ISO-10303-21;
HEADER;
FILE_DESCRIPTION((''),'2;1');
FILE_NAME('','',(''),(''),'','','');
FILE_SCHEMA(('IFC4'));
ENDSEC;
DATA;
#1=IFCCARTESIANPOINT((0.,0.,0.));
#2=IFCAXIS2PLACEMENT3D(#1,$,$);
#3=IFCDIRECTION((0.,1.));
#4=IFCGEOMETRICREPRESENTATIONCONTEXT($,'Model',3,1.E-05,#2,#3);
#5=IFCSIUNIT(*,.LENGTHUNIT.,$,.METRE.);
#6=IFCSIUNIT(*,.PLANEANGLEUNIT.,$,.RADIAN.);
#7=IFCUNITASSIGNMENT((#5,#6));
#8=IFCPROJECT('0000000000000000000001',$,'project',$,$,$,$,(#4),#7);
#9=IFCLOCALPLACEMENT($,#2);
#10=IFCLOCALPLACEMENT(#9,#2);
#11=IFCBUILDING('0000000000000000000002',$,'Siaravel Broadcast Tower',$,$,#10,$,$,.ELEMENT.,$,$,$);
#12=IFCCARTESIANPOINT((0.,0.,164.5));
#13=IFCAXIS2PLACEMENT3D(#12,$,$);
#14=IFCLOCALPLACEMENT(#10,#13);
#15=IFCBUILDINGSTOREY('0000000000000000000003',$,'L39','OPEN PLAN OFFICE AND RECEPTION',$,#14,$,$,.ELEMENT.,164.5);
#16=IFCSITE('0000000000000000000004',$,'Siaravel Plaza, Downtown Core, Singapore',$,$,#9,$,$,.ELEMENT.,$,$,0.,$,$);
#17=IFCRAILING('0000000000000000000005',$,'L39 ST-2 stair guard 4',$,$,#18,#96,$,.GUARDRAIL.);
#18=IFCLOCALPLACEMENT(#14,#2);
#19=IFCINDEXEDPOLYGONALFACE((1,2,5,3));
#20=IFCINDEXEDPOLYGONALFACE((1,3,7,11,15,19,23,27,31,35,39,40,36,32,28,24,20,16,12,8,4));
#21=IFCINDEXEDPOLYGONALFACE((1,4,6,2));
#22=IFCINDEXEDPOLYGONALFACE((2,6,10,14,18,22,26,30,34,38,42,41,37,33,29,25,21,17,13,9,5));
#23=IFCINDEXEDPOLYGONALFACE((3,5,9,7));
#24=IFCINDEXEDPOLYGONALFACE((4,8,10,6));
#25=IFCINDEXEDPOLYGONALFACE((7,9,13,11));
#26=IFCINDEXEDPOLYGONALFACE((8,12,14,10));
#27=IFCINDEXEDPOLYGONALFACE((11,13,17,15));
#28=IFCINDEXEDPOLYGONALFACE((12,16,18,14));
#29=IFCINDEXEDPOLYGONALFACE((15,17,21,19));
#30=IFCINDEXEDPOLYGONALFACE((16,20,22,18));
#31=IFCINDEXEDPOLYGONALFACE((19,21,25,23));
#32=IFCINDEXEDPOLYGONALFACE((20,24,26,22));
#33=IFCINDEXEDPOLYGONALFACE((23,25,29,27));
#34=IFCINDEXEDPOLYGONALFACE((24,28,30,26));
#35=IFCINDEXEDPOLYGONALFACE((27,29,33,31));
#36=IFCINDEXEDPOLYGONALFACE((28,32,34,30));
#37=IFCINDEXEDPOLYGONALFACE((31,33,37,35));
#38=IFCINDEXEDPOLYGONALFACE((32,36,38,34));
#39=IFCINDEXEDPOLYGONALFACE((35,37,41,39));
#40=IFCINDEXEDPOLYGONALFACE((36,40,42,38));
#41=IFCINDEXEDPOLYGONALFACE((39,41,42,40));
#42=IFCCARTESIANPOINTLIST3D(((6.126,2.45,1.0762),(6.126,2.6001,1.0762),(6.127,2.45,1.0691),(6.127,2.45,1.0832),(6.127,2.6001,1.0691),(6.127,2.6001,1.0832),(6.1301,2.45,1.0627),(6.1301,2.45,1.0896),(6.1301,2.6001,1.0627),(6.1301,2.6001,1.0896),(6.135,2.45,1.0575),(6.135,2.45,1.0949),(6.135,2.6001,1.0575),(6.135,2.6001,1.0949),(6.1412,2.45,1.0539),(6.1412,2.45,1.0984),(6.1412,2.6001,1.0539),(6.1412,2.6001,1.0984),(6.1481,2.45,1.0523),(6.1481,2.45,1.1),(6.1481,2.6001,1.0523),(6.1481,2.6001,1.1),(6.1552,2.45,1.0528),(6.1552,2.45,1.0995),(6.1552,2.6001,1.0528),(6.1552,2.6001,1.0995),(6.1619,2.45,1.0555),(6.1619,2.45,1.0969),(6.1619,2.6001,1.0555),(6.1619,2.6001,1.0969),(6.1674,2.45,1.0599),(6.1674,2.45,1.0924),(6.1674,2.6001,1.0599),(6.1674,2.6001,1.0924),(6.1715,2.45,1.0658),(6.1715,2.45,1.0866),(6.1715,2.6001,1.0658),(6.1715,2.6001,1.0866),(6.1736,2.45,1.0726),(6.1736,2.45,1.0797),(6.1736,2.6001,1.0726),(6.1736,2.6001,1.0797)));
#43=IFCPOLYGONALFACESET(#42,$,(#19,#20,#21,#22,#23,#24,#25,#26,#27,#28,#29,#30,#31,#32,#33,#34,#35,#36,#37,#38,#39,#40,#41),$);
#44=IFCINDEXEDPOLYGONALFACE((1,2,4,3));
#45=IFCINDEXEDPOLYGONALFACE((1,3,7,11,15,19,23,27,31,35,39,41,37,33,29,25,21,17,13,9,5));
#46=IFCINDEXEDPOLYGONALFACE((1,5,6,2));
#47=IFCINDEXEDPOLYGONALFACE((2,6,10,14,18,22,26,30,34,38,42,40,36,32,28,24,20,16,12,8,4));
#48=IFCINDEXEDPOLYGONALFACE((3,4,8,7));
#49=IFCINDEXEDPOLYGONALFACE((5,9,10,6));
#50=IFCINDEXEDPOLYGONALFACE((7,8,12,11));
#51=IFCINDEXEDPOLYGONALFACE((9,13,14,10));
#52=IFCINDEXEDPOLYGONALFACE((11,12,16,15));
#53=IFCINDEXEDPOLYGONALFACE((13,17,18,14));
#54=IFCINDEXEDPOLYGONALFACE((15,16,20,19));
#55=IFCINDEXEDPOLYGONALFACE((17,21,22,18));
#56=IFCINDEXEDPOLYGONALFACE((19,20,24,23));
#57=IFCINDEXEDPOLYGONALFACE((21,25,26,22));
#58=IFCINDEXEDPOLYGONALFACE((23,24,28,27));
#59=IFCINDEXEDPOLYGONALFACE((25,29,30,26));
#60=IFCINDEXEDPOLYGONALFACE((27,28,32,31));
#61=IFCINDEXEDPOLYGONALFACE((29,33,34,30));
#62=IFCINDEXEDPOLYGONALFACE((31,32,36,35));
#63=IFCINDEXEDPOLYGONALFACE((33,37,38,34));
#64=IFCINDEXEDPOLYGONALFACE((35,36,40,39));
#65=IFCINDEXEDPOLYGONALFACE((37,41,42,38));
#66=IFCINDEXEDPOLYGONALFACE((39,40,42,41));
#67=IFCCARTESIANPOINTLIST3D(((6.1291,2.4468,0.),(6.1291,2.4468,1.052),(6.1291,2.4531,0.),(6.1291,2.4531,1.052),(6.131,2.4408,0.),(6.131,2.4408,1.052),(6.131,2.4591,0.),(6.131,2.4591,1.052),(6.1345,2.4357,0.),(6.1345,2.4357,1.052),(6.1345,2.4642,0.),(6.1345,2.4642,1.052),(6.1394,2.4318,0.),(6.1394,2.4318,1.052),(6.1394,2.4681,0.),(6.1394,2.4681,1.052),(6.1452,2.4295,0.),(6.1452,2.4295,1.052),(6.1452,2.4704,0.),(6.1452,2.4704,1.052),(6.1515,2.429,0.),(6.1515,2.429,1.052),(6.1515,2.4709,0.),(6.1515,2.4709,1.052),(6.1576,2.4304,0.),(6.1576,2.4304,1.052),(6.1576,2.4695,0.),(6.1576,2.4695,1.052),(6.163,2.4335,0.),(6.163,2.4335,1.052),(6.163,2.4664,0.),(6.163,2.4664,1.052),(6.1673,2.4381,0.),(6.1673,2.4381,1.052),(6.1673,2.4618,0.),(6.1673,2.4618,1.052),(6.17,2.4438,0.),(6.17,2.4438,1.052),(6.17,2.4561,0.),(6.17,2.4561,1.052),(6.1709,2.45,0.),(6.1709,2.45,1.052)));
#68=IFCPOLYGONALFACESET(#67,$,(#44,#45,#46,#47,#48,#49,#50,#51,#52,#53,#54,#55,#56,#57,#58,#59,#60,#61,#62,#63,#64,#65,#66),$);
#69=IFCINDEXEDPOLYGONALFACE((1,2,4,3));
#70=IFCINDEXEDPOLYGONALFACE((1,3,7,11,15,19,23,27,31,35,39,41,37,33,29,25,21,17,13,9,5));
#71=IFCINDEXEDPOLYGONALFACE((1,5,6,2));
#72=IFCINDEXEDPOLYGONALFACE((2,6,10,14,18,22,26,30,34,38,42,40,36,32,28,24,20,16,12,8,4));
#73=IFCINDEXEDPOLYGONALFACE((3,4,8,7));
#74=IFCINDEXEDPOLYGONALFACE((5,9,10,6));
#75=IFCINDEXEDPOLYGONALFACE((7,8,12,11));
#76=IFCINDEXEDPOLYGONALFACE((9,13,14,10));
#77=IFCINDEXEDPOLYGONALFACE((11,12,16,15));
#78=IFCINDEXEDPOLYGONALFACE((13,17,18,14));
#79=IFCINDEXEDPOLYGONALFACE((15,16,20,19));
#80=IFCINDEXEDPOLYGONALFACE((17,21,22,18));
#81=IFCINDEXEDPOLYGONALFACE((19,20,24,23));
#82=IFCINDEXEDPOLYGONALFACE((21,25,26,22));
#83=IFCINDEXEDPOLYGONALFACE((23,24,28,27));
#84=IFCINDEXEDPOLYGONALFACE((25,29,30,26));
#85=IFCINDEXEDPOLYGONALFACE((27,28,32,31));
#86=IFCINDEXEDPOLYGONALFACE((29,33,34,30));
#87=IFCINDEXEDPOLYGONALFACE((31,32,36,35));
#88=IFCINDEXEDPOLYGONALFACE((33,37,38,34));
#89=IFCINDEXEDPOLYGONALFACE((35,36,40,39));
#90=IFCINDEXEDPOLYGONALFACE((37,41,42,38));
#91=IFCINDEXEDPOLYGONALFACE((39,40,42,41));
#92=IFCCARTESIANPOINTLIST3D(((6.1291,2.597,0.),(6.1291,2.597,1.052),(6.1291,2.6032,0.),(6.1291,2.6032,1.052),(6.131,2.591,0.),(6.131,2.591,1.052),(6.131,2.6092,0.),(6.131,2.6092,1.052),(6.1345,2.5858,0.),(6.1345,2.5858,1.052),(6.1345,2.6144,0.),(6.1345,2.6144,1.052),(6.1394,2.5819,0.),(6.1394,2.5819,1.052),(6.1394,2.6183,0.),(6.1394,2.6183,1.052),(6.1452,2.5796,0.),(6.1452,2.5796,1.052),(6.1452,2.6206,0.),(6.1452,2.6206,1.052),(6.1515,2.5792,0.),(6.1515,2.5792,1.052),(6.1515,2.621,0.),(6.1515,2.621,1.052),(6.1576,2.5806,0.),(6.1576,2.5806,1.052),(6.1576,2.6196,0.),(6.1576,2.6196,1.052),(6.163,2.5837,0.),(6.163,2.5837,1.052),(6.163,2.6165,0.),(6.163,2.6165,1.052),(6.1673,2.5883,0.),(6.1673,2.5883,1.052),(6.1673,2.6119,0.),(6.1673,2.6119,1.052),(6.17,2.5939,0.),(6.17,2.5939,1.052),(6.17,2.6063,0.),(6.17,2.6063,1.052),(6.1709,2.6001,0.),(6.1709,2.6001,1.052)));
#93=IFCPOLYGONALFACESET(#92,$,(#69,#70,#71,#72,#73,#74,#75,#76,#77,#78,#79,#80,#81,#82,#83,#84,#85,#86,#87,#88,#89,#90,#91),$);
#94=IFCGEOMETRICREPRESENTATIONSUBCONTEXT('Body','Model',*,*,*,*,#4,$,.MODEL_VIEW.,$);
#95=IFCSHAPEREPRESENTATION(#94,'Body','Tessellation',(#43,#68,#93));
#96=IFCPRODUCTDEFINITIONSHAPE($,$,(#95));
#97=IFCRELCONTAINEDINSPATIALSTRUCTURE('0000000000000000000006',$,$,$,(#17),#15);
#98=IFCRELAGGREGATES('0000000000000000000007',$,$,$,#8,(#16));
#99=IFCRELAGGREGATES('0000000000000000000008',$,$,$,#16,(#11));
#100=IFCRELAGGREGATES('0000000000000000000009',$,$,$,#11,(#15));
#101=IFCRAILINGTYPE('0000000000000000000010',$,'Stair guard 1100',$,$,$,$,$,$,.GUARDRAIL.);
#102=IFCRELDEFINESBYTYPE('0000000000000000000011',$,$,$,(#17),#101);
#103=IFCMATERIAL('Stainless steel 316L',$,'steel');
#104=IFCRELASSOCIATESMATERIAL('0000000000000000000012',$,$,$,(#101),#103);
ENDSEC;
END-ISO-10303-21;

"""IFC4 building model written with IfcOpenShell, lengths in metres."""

from ifc_helpers import new_model, si_unit, direction, frame, origin, origin_2d, place, context, subcontext, project, spatial, circle, extrude, material, type_object, element, save


model = new_model("IFC4")

# Units and contexts
model_context = context("Model", 3, precision=1e-05, world=origin(), true_north=direction((0.0, 1.0)))
body_context = subcontext(model_context, "Body", "Model", "MODEL_VIEW")
ifc_project = project(units=[si_unit("LENGTHUNIT", "METRE"), si_unit("PLANEANGLEUNIT", "RADIAN")], contexts=[model_context])

# Site, building, storey
site_placement = place(None, origin())
site = spatial("IfcSite", under=ifc_project, at=site_placement, Name="Siaravel Plaza, Downtown Core, Singapore", CompositionType="ELEMENT", RefElevation=0.0)
building_placement = place(site_placement, origin())
building = spatial("IfcBuilding", under=site, at=building_placement, Name="Siaravel Broadcast Tower", CompositionType="ELEMENT")
storey_placement = place(building_placement, frame((0.0, 0.0, 164.5)))
storey = spatial("IfcBuildingStorey", under=building, at=storey_placement, Name="L39", Description="OPEN PLAN OFFICE AND RECEPTION", CompositionType="ELEMENT", Elevation=164.5)

# Railing
ifc_material_1 = material(Name="Stainless steel 316L", Category="steel")
railing_type_1 = type_object("IfcRailingType", Name="Stair guard 1100", PredefinedType="GUARDRAIL", material=ifc_material_1)
railing_1_placement = place(storey_placement, frame((6.1499, 2.45, 0.0)))
element("IfcRailing", 1, at=railing_1_placement, inside=storey, type_object=railing_type_1, Name="L39 ST-2 stair guard 4", PredefinedType="GUARDRAIL", context=body_context, shape_type="SweptSolid", body=[
    extrude(circle(Radius=0.0239, at=origin_2d()), frame((0.0, 0.0, 1.0762), z_axis=(0.0, 1.0, 0.0), x_axis=(-1.0, 0.0, 0.0)), (0.0, 0.0, 1.0), 0.1501),
    extrude(circle(Radius=0.021, at=origin_2d()), origin(), (0.0, 0.0, 1.0), 1.052),
    extrude(circle(Radius=0.021, at=origin_2d()), frame((0.0, 0.1501, 0.0)), (0.0, 0.0, 1.0), 1.052),
])

save(model, "model.ifc")
